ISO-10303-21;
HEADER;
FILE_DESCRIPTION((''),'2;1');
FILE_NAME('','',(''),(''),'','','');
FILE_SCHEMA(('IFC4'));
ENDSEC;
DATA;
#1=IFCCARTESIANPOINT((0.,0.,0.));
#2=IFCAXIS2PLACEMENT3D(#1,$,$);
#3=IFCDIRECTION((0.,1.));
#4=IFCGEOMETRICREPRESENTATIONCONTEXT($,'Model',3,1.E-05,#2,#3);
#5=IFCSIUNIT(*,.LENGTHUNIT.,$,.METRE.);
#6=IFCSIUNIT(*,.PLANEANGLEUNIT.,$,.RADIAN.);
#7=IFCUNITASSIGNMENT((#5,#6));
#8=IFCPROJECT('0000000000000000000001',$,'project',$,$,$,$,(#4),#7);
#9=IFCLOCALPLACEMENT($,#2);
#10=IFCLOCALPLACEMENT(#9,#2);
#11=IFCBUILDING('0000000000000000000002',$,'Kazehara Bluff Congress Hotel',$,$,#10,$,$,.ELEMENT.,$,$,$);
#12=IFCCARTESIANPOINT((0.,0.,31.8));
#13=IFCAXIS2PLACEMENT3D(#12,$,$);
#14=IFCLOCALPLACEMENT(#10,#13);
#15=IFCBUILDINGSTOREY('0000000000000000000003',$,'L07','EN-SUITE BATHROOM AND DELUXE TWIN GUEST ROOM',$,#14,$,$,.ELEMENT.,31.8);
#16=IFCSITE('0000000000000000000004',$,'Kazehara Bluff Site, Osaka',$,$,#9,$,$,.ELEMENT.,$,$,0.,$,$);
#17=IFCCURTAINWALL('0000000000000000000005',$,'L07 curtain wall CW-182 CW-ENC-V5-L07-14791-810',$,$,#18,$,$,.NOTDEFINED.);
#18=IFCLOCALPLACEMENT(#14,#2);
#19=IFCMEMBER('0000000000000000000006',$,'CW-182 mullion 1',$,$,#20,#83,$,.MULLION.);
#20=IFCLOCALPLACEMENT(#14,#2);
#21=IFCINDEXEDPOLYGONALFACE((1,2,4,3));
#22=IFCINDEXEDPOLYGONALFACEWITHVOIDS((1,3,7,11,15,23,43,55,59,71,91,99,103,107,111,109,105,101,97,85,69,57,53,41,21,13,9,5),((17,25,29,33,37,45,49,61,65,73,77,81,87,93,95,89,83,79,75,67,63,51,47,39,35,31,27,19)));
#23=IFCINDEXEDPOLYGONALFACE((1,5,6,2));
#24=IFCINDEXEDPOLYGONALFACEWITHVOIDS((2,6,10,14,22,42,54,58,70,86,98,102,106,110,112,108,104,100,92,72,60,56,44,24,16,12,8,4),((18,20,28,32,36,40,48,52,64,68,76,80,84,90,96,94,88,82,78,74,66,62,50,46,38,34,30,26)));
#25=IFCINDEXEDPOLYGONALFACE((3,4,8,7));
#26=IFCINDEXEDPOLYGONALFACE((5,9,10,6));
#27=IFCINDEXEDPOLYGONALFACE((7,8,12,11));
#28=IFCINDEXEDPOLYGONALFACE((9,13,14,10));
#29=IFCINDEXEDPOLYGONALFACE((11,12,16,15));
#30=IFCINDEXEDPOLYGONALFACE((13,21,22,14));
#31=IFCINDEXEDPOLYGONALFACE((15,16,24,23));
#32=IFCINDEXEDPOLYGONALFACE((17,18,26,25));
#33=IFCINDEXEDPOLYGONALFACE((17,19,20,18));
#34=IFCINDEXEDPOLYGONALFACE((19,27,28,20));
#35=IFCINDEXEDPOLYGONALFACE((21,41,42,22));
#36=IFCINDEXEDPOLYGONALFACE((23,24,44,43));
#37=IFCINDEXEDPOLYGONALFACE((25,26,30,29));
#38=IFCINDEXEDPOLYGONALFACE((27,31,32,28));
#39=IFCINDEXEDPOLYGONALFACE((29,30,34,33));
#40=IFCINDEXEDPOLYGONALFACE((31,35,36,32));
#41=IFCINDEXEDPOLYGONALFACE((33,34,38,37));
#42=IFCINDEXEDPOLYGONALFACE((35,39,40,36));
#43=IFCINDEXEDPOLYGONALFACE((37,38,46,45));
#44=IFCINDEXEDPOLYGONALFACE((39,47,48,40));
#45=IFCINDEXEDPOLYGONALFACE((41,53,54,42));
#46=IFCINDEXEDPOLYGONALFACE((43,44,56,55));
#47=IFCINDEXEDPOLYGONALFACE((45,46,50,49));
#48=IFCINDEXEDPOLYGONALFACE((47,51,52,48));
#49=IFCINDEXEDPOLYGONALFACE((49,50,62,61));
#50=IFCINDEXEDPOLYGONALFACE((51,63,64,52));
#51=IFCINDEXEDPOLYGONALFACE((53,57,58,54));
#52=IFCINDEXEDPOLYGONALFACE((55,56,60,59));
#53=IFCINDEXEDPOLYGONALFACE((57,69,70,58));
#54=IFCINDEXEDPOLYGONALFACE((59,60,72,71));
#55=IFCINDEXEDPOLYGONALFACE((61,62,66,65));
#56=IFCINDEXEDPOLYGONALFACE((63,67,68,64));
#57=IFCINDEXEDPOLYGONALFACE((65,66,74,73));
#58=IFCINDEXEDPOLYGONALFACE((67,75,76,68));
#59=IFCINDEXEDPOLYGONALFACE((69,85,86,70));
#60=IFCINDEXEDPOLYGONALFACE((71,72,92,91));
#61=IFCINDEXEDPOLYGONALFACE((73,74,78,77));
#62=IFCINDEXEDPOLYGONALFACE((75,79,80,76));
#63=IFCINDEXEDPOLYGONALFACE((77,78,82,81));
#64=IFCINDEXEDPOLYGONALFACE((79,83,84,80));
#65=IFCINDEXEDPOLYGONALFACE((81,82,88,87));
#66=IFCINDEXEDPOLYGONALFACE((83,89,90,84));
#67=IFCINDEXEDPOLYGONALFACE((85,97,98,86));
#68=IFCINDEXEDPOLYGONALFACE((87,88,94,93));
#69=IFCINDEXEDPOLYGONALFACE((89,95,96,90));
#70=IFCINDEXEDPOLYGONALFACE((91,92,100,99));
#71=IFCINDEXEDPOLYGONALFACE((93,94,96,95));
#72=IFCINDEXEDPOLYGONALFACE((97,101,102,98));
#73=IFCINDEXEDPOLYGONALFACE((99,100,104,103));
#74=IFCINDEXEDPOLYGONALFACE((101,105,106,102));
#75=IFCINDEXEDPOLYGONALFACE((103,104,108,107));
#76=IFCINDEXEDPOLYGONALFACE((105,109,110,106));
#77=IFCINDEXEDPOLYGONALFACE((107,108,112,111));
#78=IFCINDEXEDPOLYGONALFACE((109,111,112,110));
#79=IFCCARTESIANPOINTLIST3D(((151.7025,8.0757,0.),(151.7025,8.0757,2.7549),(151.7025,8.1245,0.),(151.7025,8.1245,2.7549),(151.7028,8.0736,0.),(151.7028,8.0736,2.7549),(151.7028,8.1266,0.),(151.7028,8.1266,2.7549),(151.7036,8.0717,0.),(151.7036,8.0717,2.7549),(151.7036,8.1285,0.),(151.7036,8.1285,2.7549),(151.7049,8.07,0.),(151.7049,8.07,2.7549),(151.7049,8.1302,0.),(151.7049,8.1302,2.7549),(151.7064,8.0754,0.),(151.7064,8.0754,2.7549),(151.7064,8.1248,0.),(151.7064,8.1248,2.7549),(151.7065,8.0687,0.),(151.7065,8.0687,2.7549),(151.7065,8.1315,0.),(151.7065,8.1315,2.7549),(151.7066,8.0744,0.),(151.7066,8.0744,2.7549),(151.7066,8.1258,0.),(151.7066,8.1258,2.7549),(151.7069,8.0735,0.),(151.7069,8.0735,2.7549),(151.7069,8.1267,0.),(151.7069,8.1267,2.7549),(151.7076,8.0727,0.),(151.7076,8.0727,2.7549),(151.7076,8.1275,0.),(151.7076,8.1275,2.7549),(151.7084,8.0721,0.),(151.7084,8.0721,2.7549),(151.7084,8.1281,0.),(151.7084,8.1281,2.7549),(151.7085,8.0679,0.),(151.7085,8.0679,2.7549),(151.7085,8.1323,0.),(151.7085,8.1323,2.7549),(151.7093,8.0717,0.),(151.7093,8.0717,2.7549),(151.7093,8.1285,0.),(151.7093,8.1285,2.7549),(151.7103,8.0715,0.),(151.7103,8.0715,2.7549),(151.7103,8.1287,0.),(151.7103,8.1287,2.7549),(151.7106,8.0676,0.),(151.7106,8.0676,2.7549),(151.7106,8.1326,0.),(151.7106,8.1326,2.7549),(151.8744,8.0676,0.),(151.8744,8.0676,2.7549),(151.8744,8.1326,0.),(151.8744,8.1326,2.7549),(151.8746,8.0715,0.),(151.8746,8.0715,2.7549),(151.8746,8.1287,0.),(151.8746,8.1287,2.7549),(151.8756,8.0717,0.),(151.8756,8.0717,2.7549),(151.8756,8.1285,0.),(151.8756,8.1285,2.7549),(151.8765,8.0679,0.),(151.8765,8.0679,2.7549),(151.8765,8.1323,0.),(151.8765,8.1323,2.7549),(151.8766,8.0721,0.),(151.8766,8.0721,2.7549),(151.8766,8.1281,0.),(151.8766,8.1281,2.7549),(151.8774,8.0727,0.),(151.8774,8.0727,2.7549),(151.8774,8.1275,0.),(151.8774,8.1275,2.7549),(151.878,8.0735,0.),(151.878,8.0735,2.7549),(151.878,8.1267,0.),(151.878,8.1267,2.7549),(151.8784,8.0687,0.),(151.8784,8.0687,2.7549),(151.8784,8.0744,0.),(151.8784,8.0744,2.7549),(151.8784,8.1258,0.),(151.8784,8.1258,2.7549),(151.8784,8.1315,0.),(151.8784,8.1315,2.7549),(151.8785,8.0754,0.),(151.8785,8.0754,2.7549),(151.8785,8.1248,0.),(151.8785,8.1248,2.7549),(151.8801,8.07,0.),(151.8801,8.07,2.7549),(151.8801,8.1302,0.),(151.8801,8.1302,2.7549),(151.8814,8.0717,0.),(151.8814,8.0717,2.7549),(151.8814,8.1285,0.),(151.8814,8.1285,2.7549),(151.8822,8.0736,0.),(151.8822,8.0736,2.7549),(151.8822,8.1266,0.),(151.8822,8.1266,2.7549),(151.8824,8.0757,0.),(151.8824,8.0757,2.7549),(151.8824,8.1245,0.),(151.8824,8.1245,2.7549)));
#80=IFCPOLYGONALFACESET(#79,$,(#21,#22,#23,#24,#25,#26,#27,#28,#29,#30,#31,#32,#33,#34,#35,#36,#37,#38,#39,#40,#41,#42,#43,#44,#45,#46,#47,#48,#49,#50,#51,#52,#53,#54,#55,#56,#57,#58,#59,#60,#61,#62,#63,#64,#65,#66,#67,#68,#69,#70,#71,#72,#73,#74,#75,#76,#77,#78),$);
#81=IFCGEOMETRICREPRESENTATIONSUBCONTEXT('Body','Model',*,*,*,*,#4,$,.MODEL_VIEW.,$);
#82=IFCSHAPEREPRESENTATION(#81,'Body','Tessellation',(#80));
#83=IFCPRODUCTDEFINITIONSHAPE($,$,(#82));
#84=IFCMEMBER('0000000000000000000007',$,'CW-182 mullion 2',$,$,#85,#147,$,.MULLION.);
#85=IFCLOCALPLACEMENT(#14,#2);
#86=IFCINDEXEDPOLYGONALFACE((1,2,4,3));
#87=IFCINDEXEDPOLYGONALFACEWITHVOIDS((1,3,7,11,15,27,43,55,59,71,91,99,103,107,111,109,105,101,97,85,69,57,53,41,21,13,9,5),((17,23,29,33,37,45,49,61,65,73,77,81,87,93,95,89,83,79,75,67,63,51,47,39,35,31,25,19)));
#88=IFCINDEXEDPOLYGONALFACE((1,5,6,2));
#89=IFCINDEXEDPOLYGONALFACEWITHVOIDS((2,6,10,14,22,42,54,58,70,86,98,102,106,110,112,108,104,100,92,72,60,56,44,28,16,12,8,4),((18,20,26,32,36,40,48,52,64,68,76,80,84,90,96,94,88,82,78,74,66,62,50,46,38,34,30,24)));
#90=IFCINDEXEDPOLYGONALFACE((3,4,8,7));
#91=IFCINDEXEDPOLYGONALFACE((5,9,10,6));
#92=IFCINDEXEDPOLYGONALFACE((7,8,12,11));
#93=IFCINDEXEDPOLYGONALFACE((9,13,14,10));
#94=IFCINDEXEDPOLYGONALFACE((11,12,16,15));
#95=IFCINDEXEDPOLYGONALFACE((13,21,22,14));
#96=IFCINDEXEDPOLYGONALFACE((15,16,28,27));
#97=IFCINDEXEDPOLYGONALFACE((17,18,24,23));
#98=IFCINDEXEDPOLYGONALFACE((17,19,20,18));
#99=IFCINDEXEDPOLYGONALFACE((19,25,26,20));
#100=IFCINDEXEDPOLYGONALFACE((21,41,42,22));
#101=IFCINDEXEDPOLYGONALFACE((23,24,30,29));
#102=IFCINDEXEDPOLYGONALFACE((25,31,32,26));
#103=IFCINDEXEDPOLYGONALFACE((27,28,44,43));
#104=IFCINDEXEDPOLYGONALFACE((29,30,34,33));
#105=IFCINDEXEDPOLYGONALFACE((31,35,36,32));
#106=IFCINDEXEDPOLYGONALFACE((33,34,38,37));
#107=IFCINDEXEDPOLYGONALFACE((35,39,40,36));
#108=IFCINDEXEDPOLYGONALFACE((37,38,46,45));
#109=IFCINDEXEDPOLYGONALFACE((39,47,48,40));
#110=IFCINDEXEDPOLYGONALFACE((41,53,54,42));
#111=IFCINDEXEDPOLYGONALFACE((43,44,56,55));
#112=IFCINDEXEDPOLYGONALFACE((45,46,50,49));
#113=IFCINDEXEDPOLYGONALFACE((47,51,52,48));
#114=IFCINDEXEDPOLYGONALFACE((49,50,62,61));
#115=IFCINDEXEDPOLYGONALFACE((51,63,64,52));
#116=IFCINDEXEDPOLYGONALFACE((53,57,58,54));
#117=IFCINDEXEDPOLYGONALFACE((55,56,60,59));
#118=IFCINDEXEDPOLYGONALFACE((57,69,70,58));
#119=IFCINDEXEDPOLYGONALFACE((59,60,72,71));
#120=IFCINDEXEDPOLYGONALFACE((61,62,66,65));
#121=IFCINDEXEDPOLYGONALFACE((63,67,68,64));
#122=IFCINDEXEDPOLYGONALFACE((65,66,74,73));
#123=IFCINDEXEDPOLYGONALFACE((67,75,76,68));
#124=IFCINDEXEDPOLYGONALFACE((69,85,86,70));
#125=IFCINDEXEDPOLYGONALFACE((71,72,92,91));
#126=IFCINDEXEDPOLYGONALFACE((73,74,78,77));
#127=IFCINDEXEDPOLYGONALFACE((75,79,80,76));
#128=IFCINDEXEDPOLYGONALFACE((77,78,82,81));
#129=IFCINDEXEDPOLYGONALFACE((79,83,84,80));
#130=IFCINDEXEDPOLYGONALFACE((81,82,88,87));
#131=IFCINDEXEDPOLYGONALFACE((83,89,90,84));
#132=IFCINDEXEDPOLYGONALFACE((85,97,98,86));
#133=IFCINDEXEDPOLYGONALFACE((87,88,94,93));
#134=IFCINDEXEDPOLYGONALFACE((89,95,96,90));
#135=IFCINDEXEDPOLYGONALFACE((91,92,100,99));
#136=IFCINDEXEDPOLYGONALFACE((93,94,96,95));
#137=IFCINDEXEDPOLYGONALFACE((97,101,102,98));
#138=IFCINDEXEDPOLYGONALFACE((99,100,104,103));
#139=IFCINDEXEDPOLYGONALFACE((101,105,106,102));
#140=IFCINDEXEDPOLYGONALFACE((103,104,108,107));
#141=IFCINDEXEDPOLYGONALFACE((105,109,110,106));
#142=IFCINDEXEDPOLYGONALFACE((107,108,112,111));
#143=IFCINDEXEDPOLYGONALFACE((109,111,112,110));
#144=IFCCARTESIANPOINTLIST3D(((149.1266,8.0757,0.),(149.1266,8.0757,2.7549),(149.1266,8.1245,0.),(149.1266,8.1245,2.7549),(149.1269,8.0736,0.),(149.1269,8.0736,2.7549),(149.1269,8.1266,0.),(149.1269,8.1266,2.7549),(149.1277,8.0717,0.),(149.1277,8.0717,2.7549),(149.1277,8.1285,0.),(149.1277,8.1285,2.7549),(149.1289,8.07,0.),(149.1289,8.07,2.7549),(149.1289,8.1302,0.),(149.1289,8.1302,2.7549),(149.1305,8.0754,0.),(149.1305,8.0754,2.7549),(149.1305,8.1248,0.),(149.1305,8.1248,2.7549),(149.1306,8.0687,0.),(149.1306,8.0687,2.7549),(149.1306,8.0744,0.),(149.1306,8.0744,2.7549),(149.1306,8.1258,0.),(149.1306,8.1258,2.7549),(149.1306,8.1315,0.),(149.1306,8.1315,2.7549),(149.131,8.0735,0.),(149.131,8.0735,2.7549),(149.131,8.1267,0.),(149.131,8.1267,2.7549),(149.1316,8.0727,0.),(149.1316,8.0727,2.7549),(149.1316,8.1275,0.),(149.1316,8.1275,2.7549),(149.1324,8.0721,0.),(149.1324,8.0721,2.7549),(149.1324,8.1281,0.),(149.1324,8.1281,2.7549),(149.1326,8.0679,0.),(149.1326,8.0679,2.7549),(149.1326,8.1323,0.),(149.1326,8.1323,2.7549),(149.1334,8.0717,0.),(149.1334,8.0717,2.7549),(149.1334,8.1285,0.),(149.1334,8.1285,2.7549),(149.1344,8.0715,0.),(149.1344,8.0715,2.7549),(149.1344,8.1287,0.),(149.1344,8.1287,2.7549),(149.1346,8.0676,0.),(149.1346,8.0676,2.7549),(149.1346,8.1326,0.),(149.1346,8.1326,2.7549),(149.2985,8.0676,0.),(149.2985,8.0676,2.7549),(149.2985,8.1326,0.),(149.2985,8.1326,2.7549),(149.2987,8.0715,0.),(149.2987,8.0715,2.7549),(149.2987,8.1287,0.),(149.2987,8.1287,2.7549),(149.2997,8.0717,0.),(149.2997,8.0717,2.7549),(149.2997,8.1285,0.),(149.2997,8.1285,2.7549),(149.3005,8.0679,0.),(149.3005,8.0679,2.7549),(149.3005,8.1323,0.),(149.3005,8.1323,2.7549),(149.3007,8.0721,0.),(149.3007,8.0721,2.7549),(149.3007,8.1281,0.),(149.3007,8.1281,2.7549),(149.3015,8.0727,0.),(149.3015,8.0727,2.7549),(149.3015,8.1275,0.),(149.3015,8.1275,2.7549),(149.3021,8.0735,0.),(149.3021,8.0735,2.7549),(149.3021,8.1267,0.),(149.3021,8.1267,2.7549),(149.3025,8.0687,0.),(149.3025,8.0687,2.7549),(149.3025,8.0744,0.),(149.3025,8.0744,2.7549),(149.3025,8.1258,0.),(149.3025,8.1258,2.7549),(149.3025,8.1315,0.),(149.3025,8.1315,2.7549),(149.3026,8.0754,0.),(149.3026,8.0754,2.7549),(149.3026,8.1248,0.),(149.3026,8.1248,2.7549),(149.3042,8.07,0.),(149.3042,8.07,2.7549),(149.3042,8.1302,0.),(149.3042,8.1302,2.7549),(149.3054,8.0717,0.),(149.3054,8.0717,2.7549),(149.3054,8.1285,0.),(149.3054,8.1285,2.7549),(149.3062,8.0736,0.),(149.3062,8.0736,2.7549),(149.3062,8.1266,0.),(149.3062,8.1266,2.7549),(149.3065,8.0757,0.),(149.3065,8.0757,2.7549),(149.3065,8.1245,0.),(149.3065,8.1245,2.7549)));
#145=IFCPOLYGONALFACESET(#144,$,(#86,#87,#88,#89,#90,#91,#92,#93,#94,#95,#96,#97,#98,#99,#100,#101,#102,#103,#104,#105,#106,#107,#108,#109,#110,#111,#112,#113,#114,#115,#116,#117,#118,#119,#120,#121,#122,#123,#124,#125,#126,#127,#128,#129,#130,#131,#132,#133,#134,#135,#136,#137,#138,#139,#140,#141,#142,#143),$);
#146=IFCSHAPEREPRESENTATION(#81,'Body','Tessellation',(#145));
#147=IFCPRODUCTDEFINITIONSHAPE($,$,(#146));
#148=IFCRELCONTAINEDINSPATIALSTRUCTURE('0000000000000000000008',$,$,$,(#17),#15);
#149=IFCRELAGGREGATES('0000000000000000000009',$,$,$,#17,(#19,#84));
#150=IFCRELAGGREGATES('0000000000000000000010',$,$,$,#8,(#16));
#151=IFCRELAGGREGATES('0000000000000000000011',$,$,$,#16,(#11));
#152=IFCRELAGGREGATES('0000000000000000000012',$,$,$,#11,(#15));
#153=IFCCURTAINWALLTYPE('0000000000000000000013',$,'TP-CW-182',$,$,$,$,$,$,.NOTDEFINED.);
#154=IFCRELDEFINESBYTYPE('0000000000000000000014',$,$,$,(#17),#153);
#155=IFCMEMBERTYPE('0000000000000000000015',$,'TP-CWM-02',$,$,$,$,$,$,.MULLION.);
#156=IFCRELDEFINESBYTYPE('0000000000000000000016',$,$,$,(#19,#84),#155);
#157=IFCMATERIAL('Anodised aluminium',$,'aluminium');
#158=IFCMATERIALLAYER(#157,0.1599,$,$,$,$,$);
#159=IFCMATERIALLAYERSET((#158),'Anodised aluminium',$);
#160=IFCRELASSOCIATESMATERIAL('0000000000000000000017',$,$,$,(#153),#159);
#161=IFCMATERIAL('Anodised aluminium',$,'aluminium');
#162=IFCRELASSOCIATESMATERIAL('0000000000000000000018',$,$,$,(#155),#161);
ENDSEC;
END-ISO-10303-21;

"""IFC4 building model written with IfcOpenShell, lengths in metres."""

from ifc_helpers import new_model, si_unit, direction, frame, origin, origin_2d, place, context, subcontext, project, spatial, hollow_rectangle, extrude, material, layer, layer_set, material_profile, profile_set, type_object, element, aggregate, save


model = new_model("IFC4")

# Units and contexts
model_context = context("Model", 3, precision=1e-05, world=origin(), true_north=direction((0.0, 1.0)))
body_context = subcontext(model_context, "Body", "Model", "MODEL_VIEW")
ifc_project = project(units=[si_unit("LENGTHUNIT", "METRE"), si_unit("PLANEANGLEUNIT", "RADIAN")], contexts=[model_context])

# Site, building, storey
site_placement = place(None, origin())
site = spatial("IfcSite", under=ifc_project, at=site_placement, Name="Kazehara Bluff Site, Osaka", CompositionType="ELEMENT", RefElevation=0.0)
building_placement = place(site_placement, origin())
building = spatial("IfcBuilding", under=site, at=building_placement, Name="Kazehara Bluff Congress Hotel", CompositionType="ELEMENT")
storey_placement = place(building_placement, frame((0.0, 0.0, 31.8)))
storey = spatial("IfcBuildingStorey", under=building, at=storey_placement, Name="L07", Description="EN-SUITE BATHROOM AND DELUXE TWIN GUEST ROOM", CompositionType="ELEMENT", Elevation=31.8)

# Curtain wall, members
ifc_material_1 = material(Name="Anodised aluminium", Category="aluminium")
ifc_layer_1 = layer(ifc_material_1, 0.1599)
ifc_layer_set_1 = layer_set([ifc_layer_1], Name="Anodised aluminium")
curtain_wall_type = type_object("IfcCurtainWallType", Name="TP-CW-182", PredefinedType="NOTDEFINED", material=ifc_layer_set_1)
curtain_wall_placement = place(storey_placement, origin())
curtain_wall = element("IfcCurtainWall", 1, at=curtain_wall_placement, inside=storey, type_object=curtain_wall_type, Name="L07 curtain wall CW-182 CW-ENC-V5-L07-14791-810", PredefinedType="NOTDEFINED")
ifc_material_2 = material(Name="Anodised aluminium", Category="aluminium")
ifc_material_profile_1 = material_profile(ifc_material_2, hollow_rectangle(XDim=0.0649, YDim=0.1799, WallThickness=0.0039, InnerFilletRadius=0.0039, OuterFilletRadius=0.0081, at=origin_2d()))
ifc_profile_set_1 = profile_set([ifc_material_profile_1], Name="Anodised aluminium")
member_type_1 = type_object("IfcMemberType", Name="TP-CWM-02", PredefinedType="MULLION", material=ifc_profile_set_1)
member_1_placement = place(storey_placement, frame((151.7925, 8.1001, 0.0), z_axis=(0.0, 0.0, 1.0), x_axis=(0.0, -1.0, 0.0)))
member_1 = element("IfcMember", 2, at=member_1_placement, type_object=member_type_1, Name="CW-182 mullion 1", PredefinedType="MULLION", context=body_context, shape_type="SweptSolid", body=[
    extrude(hollow_rectangle(XDim=0.0649, YDim=0.1799, WallThickness=0.0039, InnerFilletRadius=0.0039, OuterFilletRadius=0.0081, at=origin_2d()), origin(), (0.0, 0.0, 1.0), 2.7549),
])
member_2_placement = place(storey_placement, frame((149.2166, 8.1001, 0.0), z_axis=(0.0, 0.0, 1.0), x_axis=(0.0, -1.0, 0.0)))
member_2 = element("IfcMember", 3, at=member_2_placement, type_object=member_type_1, Name="CW-182 mullion 2", PredefinedType="MULLION", context=body_context, shape_type="SweptSolid", body=[
    extrude(hollow_rectangle(XDim=0.0649, YDim=0.1799, WallThickness=0.0039, InnerFilletRadius=0.0039, OuterFilletRadius=0.0081, at=origin_2d()), origin(), (0.0, 0.0, 1.0), 2.7549),
])

aggregate(curtain_wall, [member_1, member_2])

save(model, "model.ifc")
